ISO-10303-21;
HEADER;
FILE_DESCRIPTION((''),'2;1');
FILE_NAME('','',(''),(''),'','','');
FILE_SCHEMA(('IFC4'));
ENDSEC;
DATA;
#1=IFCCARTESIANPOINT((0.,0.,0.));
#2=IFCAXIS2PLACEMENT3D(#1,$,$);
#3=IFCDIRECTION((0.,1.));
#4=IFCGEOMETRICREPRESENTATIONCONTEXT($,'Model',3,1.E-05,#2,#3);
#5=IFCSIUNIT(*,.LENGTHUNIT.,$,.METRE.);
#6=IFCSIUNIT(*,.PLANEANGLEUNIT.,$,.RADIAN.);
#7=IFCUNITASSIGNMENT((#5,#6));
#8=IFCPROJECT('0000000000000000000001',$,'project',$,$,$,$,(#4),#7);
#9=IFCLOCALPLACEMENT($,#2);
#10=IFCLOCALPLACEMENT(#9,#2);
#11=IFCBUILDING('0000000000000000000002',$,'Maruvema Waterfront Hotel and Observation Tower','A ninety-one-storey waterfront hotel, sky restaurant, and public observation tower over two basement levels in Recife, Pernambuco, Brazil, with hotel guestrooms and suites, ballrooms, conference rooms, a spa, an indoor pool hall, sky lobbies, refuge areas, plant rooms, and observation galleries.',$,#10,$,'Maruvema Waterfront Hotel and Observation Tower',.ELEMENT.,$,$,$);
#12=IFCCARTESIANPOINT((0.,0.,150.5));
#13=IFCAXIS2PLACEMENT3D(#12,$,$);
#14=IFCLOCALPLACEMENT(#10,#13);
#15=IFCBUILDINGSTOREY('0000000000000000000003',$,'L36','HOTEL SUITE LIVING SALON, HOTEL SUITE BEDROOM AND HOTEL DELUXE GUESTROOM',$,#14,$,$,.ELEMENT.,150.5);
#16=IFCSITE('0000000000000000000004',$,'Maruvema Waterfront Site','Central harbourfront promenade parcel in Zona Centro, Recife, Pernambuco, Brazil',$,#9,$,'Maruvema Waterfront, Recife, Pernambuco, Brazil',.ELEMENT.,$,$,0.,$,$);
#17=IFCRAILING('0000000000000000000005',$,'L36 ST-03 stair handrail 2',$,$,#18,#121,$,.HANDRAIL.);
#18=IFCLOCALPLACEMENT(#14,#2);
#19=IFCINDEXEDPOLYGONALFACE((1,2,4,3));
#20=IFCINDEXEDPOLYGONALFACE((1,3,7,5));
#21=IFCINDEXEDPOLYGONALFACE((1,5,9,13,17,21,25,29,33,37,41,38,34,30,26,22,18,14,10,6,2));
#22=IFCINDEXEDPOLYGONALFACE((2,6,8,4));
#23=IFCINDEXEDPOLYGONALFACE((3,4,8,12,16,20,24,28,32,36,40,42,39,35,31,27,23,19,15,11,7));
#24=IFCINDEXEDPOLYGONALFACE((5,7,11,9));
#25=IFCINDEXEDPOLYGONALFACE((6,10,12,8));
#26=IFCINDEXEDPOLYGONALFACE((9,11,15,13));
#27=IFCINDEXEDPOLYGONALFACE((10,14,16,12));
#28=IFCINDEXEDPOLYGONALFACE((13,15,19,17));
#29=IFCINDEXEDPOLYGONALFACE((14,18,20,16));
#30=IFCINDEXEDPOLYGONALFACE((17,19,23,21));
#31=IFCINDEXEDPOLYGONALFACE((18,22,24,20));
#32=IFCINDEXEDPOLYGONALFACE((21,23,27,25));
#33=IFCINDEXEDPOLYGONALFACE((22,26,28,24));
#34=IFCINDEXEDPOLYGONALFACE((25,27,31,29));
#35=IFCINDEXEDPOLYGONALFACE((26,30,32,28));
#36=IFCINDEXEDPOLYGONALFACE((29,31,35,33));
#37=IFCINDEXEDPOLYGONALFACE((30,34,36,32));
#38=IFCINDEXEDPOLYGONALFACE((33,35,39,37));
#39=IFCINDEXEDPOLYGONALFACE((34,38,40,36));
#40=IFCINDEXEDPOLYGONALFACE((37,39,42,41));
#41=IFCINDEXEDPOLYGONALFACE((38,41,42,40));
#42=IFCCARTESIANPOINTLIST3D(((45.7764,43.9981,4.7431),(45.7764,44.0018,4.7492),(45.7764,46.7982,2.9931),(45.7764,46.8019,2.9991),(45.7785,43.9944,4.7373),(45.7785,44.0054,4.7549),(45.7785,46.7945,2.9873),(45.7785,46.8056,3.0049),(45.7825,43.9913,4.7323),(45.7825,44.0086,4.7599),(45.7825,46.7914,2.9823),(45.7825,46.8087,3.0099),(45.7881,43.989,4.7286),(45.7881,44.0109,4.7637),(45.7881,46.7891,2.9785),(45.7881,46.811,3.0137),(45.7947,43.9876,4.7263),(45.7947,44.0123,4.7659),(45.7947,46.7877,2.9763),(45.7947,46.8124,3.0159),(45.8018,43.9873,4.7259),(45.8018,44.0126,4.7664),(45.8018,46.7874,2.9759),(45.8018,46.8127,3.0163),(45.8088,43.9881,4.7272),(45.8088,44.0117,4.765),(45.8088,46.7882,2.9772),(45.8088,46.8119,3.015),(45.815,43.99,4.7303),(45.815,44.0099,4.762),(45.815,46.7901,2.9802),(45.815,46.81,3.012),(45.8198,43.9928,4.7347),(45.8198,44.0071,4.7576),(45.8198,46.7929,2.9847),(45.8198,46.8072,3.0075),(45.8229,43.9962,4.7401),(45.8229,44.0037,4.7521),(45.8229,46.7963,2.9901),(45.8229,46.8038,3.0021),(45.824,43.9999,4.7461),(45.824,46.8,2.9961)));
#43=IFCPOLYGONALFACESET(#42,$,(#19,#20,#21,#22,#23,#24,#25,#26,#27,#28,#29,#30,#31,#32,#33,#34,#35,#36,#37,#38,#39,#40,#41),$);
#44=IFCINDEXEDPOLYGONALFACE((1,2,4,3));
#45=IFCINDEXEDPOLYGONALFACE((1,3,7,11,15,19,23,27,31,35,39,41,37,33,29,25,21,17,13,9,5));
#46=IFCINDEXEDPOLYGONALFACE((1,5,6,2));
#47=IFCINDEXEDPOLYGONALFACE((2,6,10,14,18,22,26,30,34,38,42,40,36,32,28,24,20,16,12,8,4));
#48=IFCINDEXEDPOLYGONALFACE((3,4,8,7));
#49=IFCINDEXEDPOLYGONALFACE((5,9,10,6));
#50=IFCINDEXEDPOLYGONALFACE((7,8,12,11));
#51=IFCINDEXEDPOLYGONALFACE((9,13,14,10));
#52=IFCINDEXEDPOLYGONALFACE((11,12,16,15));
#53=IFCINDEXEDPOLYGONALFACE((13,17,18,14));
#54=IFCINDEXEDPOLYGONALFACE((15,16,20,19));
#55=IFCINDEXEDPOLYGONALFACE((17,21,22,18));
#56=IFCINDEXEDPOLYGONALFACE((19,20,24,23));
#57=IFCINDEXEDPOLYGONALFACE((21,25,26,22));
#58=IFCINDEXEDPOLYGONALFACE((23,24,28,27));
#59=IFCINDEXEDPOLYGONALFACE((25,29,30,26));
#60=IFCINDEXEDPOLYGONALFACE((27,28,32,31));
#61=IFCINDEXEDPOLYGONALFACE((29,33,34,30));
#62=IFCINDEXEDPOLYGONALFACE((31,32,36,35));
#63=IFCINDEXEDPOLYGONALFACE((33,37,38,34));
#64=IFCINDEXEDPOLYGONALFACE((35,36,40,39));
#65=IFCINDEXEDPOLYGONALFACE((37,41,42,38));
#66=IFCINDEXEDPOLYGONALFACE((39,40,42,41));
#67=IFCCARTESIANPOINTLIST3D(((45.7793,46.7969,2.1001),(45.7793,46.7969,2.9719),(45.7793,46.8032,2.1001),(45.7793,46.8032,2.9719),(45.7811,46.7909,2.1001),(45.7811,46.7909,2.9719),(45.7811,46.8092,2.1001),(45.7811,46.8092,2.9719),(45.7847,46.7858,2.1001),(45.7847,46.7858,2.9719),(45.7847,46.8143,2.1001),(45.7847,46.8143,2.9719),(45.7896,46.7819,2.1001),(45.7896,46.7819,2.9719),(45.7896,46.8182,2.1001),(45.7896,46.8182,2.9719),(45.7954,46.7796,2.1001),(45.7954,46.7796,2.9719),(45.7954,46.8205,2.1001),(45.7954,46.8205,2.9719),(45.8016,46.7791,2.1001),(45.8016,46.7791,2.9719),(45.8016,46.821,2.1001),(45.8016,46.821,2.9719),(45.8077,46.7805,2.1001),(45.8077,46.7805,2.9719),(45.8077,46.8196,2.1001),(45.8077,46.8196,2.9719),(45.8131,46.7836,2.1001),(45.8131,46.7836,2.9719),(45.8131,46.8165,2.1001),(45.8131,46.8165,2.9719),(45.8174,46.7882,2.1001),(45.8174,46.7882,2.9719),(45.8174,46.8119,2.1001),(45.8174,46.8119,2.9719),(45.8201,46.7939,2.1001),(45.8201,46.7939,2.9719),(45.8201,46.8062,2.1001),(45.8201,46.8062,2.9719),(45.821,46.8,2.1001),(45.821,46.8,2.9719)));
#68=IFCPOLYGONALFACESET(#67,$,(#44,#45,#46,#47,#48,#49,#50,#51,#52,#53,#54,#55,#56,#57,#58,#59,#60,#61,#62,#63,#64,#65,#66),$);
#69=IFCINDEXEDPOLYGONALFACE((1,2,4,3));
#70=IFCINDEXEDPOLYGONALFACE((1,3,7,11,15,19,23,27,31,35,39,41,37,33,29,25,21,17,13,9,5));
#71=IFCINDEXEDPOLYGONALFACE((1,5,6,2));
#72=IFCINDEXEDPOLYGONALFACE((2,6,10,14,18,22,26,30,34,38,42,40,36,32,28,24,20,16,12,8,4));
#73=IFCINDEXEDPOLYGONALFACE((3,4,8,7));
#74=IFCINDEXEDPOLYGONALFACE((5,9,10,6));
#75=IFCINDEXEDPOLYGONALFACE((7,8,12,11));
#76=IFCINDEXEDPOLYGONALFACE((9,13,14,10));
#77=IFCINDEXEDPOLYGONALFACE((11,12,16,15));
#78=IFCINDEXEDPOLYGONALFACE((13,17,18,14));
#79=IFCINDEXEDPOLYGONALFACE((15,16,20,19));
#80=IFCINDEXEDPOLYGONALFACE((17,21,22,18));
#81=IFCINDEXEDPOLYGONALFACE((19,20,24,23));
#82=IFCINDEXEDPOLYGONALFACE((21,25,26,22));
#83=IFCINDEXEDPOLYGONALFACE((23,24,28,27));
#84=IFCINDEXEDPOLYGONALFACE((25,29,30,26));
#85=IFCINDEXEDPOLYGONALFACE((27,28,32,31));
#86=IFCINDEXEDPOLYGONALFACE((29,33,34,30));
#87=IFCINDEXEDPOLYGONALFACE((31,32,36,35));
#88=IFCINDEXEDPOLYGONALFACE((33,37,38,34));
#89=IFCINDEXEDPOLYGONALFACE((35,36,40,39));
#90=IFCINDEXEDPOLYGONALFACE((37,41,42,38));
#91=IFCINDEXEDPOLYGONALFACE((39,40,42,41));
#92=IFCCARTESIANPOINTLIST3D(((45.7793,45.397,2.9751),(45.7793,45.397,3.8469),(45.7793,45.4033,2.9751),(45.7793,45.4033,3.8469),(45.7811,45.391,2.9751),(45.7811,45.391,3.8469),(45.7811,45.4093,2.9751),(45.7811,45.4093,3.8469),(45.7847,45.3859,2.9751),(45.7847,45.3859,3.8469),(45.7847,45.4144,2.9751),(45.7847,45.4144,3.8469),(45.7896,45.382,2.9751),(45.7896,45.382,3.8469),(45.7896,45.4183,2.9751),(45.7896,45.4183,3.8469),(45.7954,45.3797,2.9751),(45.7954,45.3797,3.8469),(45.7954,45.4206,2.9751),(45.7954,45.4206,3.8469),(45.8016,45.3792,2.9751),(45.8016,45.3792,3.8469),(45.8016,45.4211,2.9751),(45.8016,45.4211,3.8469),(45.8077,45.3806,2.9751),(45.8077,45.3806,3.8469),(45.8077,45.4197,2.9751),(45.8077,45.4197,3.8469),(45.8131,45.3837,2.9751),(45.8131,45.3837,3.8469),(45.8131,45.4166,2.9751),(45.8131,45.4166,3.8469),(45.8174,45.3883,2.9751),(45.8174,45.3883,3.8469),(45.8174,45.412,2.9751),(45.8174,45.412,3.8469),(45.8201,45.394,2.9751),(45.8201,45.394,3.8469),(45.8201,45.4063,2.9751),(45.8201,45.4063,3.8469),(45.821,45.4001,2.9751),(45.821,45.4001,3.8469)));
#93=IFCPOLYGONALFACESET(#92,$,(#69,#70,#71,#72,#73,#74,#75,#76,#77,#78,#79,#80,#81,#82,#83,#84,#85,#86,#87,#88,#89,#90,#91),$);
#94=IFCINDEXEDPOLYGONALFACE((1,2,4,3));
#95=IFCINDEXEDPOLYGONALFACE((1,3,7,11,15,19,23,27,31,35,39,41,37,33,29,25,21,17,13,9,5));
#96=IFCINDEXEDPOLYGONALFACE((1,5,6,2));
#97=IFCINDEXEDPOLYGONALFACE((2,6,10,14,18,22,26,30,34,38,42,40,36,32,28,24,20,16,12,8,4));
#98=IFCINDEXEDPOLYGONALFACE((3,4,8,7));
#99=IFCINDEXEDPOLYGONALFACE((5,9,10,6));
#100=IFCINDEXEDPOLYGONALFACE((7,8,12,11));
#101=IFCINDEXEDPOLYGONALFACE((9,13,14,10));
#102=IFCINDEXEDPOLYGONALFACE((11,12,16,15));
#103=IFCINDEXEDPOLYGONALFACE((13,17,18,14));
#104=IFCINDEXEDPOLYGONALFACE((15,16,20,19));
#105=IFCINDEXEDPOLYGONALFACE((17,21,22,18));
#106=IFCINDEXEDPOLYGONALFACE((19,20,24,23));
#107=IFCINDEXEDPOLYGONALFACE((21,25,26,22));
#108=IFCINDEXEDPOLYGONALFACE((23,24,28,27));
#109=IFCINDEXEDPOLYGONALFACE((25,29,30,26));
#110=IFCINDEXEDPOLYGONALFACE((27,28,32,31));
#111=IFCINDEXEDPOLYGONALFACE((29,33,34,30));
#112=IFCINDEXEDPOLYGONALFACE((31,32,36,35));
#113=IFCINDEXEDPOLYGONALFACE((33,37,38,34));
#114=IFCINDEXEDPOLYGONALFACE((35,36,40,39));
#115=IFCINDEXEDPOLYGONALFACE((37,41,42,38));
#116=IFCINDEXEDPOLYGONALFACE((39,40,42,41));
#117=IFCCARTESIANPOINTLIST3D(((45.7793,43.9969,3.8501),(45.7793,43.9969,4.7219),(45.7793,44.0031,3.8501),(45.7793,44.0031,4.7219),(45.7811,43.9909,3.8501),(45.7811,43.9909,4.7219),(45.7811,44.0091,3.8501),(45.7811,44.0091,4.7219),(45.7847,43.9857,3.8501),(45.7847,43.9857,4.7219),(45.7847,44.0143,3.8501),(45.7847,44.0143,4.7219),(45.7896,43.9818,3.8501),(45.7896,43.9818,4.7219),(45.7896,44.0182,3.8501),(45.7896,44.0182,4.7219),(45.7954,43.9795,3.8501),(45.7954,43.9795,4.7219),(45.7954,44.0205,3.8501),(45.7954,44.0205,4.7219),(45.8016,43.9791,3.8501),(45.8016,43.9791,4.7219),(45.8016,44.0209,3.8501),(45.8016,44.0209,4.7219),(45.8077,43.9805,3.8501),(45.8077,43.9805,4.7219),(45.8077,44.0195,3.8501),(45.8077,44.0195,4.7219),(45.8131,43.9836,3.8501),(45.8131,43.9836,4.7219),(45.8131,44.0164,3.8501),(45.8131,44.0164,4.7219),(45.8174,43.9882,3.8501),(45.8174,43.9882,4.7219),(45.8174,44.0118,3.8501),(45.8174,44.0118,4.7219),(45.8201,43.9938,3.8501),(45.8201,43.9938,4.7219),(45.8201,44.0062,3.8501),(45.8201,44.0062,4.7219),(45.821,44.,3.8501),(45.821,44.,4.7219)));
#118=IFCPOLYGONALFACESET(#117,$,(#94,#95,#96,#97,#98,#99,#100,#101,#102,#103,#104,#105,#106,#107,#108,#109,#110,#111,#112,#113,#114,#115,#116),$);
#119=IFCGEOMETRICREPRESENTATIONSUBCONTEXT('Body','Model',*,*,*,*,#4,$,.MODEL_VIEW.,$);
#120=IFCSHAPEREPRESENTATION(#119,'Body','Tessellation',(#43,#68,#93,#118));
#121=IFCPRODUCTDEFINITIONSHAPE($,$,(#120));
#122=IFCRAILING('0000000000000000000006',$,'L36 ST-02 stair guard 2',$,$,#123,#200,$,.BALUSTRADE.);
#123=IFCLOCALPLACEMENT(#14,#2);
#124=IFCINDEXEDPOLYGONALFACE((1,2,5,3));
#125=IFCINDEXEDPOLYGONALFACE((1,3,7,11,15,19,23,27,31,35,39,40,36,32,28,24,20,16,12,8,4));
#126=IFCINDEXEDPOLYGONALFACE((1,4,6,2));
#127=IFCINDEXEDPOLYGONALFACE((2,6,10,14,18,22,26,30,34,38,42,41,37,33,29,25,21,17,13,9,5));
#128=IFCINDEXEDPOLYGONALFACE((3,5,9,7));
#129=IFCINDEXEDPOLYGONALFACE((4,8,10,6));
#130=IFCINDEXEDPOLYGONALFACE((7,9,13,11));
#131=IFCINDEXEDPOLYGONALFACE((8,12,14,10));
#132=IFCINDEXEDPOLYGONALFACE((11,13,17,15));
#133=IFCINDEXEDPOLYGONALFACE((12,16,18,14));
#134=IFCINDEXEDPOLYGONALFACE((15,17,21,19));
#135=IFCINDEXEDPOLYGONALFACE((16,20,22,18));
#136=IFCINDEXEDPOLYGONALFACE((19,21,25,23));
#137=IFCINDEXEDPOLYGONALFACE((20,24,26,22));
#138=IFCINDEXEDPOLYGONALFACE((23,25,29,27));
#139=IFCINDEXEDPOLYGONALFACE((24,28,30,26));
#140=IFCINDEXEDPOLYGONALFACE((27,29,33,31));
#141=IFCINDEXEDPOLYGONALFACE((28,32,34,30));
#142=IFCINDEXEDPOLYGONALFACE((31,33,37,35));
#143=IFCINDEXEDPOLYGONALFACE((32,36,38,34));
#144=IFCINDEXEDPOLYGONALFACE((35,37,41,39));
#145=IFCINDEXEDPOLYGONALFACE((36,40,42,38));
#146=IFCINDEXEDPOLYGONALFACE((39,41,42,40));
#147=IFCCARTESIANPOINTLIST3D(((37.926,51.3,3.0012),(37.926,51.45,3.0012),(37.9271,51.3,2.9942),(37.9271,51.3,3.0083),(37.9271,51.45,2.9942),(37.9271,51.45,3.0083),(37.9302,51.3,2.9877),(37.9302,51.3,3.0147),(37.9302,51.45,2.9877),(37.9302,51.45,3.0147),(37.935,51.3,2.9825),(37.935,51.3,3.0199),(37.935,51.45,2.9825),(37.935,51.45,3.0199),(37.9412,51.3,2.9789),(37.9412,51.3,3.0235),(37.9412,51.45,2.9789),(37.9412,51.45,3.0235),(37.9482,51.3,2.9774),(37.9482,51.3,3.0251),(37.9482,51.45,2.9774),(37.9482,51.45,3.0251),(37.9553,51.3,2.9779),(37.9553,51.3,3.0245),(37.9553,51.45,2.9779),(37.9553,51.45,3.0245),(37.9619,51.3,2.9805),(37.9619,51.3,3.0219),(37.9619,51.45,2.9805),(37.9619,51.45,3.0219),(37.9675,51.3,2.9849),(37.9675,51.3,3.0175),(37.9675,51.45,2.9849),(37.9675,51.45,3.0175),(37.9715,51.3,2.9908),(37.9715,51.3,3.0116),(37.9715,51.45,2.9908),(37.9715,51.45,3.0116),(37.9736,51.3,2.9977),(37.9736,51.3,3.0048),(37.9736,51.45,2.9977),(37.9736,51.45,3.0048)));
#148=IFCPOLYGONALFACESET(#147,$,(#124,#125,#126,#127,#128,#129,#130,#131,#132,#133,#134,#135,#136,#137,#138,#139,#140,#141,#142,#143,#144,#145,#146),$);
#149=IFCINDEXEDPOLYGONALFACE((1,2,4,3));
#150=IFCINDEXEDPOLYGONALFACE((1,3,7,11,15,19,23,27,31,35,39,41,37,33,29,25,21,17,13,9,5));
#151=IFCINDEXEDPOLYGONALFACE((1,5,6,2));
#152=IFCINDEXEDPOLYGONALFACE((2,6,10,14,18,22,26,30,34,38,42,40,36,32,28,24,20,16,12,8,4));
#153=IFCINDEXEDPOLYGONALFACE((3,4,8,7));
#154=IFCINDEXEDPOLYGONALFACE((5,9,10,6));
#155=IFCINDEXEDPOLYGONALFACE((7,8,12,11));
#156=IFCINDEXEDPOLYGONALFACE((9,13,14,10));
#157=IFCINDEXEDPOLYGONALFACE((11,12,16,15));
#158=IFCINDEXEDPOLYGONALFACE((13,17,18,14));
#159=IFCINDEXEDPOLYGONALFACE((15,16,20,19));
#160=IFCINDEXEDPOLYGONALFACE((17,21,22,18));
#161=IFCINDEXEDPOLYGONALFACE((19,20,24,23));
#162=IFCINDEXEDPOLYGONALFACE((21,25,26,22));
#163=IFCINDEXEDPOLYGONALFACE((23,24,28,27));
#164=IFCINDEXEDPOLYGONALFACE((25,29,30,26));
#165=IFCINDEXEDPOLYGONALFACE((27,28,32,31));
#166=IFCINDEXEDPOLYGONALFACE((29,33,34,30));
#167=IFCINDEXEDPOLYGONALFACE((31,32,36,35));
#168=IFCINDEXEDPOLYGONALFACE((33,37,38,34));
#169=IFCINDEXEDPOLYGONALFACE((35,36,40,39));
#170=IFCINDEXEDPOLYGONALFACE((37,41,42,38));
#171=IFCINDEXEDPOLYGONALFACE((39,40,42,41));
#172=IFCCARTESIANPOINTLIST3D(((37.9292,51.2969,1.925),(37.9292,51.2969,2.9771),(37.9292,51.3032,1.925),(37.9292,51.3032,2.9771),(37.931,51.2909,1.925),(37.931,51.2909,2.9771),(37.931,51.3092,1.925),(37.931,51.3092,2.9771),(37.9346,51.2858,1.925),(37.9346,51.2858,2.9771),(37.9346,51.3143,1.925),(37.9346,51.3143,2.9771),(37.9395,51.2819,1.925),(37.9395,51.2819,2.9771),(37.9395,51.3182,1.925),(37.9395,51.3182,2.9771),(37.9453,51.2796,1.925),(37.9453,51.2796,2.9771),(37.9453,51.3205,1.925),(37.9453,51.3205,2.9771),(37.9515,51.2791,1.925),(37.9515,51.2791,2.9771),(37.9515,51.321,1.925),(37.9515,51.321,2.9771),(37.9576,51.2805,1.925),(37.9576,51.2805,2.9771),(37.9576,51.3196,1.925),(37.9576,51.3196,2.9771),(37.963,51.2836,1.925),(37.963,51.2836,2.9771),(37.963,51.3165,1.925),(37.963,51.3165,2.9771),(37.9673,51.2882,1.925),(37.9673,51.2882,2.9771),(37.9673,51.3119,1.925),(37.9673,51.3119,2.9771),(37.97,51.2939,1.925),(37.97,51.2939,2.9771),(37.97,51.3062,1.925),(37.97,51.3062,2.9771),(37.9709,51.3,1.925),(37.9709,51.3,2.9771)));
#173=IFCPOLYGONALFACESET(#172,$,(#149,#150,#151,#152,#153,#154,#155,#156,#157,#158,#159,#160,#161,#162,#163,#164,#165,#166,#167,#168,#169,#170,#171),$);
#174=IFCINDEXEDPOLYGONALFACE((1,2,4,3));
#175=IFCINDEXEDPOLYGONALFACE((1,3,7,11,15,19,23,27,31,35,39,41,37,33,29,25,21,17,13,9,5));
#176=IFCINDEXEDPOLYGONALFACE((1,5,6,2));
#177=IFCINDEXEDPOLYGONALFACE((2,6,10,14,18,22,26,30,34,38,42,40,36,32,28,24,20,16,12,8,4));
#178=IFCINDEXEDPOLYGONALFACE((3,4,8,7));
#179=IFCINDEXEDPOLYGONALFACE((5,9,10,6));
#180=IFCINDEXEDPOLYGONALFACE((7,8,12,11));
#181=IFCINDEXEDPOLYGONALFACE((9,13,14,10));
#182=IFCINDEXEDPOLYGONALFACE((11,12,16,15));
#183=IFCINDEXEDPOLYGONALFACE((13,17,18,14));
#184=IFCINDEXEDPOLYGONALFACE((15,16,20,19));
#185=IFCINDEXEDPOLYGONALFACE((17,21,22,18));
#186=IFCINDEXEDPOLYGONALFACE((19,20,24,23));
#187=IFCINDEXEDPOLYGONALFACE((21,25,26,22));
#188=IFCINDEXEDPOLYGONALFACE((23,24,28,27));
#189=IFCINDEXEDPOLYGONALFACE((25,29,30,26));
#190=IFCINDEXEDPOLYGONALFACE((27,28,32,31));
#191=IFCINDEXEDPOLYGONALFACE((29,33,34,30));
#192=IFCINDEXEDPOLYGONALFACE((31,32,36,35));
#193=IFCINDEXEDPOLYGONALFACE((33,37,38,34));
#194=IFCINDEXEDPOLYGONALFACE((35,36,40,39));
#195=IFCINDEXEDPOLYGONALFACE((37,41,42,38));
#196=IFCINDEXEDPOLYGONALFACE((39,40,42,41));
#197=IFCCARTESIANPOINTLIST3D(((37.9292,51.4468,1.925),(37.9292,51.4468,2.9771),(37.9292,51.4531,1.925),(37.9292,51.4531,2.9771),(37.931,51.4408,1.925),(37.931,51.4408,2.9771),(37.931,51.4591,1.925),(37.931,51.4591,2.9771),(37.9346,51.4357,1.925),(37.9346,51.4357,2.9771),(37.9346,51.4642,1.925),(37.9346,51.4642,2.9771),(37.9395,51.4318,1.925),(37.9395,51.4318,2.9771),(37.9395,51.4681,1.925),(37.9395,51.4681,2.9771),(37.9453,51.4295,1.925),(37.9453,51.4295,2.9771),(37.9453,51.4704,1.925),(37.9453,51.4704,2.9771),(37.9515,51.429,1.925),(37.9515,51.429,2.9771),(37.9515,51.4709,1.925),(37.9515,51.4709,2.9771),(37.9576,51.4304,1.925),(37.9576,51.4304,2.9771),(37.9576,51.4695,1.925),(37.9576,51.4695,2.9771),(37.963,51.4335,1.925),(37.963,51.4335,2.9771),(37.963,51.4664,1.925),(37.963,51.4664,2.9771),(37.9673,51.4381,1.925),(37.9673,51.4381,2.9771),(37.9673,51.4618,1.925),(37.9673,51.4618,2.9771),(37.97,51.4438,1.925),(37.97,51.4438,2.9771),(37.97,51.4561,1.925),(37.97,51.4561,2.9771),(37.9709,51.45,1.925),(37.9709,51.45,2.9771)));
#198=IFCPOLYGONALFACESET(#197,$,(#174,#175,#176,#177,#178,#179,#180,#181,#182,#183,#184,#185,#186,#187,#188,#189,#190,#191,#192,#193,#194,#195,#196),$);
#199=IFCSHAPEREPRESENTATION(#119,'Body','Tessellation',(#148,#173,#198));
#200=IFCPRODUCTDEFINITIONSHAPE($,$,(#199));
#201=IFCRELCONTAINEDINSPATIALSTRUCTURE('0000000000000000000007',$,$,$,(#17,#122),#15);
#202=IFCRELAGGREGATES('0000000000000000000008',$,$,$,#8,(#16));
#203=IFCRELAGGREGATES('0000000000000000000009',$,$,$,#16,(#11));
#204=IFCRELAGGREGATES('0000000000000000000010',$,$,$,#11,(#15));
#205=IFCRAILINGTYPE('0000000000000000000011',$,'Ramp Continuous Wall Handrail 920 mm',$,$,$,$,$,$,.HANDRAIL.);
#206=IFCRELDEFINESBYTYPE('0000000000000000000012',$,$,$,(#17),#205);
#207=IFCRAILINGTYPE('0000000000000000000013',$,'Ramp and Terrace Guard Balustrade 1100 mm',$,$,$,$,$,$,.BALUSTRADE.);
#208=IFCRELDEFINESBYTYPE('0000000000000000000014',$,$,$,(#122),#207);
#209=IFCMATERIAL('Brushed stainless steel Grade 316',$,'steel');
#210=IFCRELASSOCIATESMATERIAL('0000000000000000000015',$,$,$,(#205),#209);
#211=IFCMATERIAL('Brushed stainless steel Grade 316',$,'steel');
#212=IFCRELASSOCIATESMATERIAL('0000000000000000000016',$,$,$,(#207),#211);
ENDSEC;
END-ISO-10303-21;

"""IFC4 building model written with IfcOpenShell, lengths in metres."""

from ifc_helpers import new_model, si_unit, direction, frame, origin, origin_2d, place, context, subcontext, project, spatial, circle, extrude, material, type_object, element, save


model = new_model("IFC4")

# Units and contexts
model_context = context("Model", 3, precision=1e-05, world=origin(), true_north=direction((0.0, 1.0)))
body_context = subcontext(model_context, "Body", "Model", "MODEL_VIEW")
ifc_project = project(units=[si_unit("LENGTHUNIT", "METRE"), si_unit("PLANEANGLEUNIT", "RADIAN")], contexts=[model_context])

# Site, building, storey
site_placement = place(None, origin())
site = spatial("IfcSite", under=ifc_project, at=site_placement, Name="Maruvema Waterfront Site", Description="Central harbourfront promenade parcel in Zona Centro, Recife, Pernambuco, Brazil", LongName="Maruvema Waterfront, Recife, Pernambuco, Brazil", CompositionType="ELEMENT", RefElevation=0.0)
building_placement = place(site_placement, origin())
building = spatial("IfcBuilding", under=site, at=building_placement, Name="Maruvema Waterfront Hotel and Observation Tower", Description="A ninety-one-storey waterfront hotel, sky restaurant, and public observation tower over two basement levels in Recife, Pernambuco, Brazil, with hotel guestrooms and suites, ballrooms, conference rooms, a spa, an indoor pool hall, sky lobbies, refuge areas, plant rooms, and observation galleries.", LongName="Maruvema Waterfront Hotel and Observation Tower", CompositionType="ELEMENT")
storey_placement = place(building_placement, frame((0.0, 0.0, 150.5)))
storey = spatial("IfcBuildingStorey", under=building, at=storey_placement, Name="L36", Description="HOTEL SUITE LIVING SALON, HOTEL SUITE BEDROOM AND HOTEL DELUXE GUESTROOM", CompositionType="ELEMENT", Elevation=150.5)

# Railings
ifc_material_1 = material(Name="Brushed stainless steel Grade 316", Category="steel")
railing_type_1 = type_object("IfcRailingType", Name="Ramp Continuous Wall Handrail 920 mm", PredefinedType="HANDRAIL", material=ifc_material_1)
railing_1_placement = place(storey_placement, frame((45.8, 46.8, 2.1001)))
element("IfcRailing", 1, at=railing_1_placement, inside=storey, type_object=railing_type_1, Name="L36 ST-03 stair handrail 2", PredefinedType="HANDRAIL", context=body_context, shape_type="SweptSolid", body=[
    extrude(circle(Radius=0.0239, at=origin_2d()), frame((0.0, 0.0, 0.896), z_axis=(0.0, -0.848002, 0.529992), x_axis=(1.0, 0.0, 0.0)), (0.0, 0.0, 1.0), 3.302),
    extrude(circle(Radius=0.021, at=origin_2d()), origin(), (0.0, 0.0, 1.0), 0.8718),
    extrude(circle(Radius=0.021, at=origin_2d()), frame((0.0, -1.3999, 0.875)), (0.0, 0.0, 1.0), 0.8718),
    extrude(circle(Radius=0.021, at=origin_2d()), frame((0.0, -2.8, 1.75)), (0.0, 0.0, 1.0), 0.8718),
])
ifc_material_2 = material(Name="Brushed stainless steel Grade 316", Category="steel")
railing_type_2 = type_object("IfcRailingType", Name="Ramp and Terrace Guard Balustrade 1100 mm", PredefinedType="BALUSTRADE", material=ifc_material_2)
railing_2_placement = place(storey_placement, frame((37.95, 51.3, 1.925)))
element("IfcRailing", 2, at=railing_2_placement, inside=storey, type_object=railing_type_2, Name="L36 ST-02 stair guard 2", PredefinedType="BALUSTRADE", context=body_context, shape_type="SweptSolid", body=[
    extrude(circle(Radius=0.0239, at=origin_2d()), frame((0.0, 0.0, 1.0762), z_axis=(0.0, 1.0, 0.0), x_axis=(-1.0, 0.0, 0.0)), (0.0, 0.0, 1.0), 0.1499),
    extrude(circle(Radius=0.021, at=origin_2d()), origin(), (0.0, 0.0, 1.0), 1.052),
    extrude(circle(Radius=0.021, at=origin_2d()), frame((0.0, 0.1499, 0.0)), (0.0, 0.0, 1.0), 1.052),
])

save(model, "model.ifc")
